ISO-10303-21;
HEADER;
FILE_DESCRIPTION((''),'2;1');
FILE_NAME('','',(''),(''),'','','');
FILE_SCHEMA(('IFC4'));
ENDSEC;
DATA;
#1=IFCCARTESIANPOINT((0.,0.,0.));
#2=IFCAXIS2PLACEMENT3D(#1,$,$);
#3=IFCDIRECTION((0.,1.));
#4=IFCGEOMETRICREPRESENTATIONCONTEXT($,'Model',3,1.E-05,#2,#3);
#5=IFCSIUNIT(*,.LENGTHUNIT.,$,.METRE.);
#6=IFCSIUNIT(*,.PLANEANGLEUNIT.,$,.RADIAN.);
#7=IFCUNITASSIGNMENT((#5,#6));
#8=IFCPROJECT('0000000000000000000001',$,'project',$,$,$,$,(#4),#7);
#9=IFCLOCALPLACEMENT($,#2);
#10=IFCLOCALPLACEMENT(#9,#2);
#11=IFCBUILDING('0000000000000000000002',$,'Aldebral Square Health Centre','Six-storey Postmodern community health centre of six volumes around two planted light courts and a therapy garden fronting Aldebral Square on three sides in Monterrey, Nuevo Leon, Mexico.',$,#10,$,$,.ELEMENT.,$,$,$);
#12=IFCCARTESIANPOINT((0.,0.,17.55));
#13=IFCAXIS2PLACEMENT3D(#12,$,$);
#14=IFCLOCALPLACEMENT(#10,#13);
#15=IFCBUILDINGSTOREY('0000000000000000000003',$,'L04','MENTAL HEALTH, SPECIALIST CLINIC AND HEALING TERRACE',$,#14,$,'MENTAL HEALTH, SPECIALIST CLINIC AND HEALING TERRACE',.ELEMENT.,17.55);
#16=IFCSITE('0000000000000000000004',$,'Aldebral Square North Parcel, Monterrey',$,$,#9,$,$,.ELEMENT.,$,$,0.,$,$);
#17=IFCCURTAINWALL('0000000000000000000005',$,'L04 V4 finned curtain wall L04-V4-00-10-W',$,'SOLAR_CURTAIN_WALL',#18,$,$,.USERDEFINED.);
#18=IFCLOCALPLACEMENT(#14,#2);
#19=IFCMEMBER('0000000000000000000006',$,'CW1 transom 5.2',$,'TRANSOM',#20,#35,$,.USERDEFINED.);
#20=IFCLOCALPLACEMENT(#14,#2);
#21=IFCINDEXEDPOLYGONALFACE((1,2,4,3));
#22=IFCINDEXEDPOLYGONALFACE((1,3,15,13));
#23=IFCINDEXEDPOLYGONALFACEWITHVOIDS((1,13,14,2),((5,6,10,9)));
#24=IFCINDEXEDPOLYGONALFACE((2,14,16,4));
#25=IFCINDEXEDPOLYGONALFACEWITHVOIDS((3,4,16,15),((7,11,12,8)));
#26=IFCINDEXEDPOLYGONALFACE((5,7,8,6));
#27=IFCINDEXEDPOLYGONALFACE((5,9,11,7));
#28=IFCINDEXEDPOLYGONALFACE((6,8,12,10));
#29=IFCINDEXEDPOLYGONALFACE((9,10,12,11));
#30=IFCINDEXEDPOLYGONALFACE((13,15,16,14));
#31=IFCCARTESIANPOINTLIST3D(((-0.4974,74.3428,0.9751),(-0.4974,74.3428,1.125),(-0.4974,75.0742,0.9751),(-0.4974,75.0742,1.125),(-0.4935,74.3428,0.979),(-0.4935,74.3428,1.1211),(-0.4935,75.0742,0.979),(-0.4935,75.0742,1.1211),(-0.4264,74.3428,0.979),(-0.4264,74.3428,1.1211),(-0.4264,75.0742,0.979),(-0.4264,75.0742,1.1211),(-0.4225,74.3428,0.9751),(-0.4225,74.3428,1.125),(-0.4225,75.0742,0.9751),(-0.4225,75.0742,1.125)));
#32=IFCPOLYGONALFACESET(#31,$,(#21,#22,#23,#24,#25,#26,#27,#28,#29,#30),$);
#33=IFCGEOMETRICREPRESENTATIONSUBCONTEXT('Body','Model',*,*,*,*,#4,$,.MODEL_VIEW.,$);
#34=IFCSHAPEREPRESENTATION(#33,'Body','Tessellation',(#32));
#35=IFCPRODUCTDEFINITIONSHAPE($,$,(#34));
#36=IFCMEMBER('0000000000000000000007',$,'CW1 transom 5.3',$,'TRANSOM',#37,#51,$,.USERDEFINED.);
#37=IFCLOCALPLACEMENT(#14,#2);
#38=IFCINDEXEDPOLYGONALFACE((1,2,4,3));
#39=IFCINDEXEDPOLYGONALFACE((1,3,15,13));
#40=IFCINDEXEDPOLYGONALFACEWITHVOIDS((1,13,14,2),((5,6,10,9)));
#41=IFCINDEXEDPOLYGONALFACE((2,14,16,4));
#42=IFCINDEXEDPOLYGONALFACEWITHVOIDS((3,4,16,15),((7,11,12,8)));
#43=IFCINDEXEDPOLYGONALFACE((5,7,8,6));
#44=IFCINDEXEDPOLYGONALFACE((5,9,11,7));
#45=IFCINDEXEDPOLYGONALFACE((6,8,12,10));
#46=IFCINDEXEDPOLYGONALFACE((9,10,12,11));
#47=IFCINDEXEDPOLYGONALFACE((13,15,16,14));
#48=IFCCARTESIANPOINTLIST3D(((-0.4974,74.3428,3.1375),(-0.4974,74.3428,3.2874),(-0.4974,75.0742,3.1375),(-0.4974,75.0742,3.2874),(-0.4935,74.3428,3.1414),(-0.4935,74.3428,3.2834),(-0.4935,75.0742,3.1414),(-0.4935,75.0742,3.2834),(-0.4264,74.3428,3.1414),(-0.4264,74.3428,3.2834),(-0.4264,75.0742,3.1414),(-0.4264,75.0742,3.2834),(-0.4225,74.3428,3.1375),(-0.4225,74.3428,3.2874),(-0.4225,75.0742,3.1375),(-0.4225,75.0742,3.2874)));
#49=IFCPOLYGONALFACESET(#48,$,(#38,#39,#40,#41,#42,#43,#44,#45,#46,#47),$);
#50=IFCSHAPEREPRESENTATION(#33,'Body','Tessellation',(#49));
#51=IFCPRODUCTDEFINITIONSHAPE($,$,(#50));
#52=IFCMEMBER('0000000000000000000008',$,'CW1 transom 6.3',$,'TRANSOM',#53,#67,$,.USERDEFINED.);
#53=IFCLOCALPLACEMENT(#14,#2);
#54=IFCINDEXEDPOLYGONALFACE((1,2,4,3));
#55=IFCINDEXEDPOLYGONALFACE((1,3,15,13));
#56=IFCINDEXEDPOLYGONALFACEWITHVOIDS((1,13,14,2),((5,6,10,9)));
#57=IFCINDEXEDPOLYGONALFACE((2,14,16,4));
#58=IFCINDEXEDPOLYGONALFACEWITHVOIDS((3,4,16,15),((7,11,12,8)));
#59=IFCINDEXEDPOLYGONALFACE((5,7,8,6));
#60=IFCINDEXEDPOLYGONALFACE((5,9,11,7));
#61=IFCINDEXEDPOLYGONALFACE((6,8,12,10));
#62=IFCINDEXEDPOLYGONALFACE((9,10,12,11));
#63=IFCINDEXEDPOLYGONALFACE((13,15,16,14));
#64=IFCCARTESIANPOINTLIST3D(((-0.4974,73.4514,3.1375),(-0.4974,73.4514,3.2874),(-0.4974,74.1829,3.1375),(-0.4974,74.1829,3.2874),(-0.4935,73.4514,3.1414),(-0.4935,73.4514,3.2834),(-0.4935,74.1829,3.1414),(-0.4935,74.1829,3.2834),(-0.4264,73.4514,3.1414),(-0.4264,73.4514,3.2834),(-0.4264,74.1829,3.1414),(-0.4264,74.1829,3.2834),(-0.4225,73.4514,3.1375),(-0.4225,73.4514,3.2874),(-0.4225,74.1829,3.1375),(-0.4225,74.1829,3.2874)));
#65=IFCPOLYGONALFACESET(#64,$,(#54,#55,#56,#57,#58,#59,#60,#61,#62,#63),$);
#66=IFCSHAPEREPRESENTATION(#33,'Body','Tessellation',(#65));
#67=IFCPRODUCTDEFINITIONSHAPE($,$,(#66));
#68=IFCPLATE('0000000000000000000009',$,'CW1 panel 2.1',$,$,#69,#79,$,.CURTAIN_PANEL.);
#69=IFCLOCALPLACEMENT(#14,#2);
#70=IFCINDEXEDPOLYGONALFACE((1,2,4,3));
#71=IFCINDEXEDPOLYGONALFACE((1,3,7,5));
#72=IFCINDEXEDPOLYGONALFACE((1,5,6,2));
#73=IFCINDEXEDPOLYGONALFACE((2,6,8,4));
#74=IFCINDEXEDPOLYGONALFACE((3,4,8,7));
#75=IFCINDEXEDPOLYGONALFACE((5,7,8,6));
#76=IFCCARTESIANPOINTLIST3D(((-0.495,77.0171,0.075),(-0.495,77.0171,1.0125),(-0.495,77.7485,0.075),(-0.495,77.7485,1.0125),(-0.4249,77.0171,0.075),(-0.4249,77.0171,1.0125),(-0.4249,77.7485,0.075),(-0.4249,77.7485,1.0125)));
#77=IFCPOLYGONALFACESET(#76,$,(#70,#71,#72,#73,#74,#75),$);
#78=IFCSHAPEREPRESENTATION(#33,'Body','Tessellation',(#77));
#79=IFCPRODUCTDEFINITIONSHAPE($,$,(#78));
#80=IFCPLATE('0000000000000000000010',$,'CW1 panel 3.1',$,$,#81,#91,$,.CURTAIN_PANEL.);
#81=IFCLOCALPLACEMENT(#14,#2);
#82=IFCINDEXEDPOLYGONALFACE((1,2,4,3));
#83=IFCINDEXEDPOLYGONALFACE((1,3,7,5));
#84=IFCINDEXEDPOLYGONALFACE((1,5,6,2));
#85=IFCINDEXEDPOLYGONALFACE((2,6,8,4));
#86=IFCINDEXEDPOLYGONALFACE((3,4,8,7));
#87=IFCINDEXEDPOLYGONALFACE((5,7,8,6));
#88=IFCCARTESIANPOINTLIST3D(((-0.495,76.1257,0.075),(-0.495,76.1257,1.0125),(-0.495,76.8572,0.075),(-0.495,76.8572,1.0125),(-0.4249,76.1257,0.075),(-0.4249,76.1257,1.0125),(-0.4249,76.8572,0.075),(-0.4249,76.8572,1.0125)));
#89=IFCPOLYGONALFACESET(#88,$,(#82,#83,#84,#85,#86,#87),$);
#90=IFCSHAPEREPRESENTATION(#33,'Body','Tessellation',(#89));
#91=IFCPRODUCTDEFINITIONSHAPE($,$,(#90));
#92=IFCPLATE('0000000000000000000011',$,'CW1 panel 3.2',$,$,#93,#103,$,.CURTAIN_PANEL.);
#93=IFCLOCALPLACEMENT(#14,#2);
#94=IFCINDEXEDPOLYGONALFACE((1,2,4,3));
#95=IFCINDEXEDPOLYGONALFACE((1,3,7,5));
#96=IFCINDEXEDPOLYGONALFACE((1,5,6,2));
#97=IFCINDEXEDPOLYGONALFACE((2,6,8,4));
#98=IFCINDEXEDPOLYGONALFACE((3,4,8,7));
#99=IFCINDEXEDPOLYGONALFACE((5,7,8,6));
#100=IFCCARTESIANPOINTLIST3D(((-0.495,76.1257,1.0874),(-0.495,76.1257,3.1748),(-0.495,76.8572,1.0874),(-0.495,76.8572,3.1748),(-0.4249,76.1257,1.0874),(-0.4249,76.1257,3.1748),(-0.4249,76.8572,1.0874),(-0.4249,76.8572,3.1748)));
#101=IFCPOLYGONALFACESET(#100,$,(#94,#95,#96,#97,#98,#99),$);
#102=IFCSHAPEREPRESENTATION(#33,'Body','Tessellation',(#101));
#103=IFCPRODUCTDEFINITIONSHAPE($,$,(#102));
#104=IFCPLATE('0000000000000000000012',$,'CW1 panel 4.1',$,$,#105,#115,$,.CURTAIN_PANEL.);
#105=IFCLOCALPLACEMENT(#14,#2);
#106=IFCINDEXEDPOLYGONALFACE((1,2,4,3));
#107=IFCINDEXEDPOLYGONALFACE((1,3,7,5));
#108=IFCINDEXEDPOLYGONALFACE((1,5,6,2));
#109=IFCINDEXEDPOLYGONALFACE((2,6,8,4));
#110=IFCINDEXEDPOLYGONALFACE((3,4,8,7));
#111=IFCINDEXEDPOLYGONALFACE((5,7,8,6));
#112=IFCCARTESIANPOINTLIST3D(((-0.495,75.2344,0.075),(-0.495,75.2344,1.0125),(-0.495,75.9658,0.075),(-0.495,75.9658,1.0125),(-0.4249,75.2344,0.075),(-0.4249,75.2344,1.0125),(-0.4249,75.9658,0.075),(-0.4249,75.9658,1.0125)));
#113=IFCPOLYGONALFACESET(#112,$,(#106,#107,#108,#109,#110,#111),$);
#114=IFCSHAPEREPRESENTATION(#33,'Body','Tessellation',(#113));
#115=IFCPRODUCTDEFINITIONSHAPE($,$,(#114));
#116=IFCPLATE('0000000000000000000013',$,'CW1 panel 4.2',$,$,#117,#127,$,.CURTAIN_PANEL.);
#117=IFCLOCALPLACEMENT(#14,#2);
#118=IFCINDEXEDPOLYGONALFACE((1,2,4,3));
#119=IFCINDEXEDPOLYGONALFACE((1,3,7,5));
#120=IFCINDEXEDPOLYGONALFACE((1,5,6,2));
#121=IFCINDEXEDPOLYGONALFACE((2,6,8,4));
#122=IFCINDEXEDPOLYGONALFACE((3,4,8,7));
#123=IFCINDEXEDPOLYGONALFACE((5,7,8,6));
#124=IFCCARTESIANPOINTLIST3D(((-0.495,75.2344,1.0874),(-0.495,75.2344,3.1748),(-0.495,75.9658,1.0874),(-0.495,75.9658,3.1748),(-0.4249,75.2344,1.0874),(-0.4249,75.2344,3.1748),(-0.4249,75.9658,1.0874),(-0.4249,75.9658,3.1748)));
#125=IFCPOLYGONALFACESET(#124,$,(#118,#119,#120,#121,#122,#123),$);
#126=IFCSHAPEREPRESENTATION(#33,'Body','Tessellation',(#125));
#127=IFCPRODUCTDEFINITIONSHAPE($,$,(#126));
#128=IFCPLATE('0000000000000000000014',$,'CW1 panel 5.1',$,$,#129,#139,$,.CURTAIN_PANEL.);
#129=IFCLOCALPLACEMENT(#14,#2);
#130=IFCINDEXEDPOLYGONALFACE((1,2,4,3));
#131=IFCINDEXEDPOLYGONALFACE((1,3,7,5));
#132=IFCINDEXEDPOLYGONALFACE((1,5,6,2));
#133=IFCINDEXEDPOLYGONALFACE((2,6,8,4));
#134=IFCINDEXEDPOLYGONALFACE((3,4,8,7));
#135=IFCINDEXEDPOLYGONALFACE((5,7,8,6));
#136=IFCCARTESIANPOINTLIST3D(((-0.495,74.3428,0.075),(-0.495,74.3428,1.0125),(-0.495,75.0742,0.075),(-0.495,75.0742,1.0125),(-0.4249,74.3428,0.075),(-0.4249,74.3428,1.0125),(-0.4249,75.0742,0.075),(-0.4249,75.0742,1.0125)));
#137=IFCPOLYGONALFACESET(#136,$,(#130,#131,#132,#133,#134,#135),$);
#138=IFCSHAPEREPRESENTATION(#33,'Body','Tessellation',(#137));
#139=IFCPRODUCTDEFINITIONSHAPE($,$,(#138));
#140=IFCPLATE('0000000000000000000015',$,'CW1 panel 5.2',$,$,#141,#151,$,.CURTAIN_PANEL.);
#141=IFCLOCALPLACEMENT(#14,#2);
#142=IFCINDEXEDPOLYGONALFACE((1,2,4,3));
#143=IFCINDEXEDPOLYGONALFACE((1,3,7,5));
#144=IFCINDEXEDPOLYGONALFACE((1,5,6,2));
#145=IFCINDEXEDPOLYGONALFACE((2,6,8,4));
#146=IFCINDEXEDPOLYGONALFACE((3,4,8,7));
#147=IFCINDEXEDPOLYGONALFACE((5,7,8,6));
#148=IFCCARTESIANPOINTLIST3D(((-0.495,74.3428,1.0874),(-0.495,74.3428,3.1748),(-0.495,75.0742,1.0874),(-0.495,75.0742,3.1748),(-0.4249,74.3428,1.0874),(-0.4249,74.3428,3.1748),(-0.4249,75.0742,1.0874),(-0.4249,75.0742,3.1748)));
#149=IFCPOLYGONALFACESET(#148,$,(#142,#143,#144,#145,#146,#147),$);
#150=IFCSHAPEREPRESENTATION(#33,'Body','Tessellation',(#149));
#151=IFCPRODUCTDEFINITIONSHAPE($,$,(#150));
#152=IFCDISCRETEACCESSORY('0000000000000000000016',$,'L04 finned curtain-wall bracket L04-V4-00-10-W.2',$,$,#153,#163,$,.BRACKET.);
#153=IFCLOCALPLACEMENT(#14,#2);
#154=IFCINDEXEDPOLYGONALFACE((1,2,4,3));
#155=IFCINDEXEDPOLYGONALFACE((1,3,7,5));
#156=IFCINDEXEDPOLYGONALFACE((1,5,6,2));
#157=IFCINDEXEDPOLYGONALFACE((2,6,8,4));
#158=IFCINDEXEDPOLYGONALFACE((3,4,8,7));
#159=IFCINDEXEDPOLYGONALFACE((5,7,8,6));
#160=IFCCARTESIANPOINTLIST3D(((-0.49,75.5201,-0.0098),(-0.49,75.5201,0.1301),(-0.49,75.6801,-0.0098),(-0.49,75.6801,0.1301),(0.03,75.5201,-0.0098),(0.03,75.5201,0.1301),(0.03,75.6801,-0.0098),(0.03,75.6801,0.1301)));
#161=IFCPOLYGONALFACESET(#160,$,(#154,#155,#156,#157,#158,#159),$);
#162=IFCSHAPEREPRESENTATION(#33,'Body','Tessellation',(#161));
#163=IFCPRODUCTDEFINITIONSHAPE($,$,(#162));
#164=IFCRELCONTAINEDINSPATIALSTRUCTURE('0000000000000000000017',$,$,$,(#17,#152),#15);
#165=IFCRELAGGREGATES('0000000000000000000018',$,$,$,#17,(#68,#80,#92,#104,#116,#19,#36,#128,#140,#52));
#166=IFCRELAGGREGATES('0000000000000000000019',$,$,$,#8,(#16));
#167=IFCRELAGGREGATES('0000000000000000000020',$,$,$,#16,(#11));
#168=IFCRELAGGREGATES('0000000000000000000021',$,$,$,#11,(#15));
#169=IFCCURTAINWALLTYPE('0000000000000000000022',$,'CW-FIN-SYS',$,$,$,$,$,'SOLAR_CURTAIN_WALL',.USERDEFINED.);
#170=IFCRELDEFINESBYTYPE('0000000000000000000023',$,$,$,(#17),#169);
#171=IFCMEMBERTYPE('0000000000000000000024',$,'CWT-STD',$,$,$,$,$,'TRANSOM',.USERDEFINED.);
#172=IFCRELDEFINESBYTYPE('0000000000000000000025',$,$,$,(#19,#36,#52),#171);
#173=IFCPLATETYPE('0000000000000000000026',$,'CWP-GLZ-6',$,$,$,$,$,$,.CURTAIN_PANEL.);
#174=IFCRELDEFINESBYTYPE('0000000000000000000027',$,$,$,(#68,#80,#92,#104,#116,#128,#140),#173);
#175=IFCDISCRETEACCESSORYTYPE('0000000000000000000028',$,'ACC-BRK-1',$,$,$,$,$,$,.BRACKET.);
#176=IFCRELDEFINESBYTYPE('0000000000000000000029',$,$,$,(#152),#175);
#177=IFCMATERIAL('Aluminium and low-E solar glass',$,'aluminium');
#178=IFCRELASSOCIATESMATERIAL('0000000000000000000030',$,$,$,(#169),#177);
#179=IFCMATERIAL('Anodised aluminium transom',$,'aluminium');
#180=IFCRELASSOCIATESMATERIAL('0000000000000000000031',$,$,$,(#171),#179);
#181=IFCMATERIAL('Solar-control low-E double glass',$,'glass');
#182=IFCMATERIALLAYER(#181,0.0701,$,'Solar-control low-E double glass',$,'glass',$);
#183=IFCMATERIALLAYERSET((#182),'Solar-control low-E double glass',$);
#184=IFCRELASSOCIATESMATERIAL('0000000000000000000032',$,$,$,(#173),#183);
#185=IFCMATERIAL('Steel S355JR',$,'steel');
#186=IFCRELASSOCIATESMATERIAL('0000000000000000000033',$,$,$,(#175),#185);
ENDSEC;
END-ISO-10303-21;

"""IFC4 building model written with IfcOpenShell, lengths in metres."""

from ifc_helpers import new_model, si_unit, direction, frame, origin, origin_2d, place, context, subcontext, project, spatial, rectangle, hollow_rectangle, extrude, material, layer, layer_set, material_profile, profile_set, type_object, element, aggregate, save


model = new_model("IFC4")

# Units and contexts
model_context = context("Model", 3, precision=1e-05, world=origin(), true_north=direction((0.0, 1.0)))
body_context = subcontext(model_context, "Body", "Model", "MODEL_VIEW")
ifc_project = project(units=[si_unit("LENGTHUNIT", "METRE"), si_unit("PLANEANGLEUNIT", "RADIAN")], contexts=[model_context])

# Site, building, storey
site_placement = place(None, origin())
site = spatial("IfcSite", under=ifc_project, at=site_placement, Name="Aldebral Square North Parcel, Monterrey", CompositionType="ELEMENT", RefElevation=0.0)
building_placement = place(site_placement, origin())
building = spatial("IfcBuilding", under=site, at=building_placement, Name="Aldebral Square Health Centre", Description="Six-storey Postmodern community health centre of six volumes around two planted light courts and a therapy garden fronting Aldebral Square on three sides in Monterrey, Nuevo Leon, Mexico.", CompositionType="ELEMENT")
storey_placement = place(building_placement, frame((0.0, 0.0, 17.55)))
storey = spatial("IfcBuildingStorey", under=building, at=storey_placement, Name="L04", Description="MENTAL HEALTH, SPECIALIST CLINIC AND HEALING TERRACE", LongName="MENTAL HEALTH, SPECIALIST CLINIC AND HEALING TERRACE", CompositionType="ELEMENT", Elevation=17.55)

# Curtain wall, members, plates
ifc_material_1 = material(Name="Aluminium and low-E solar glass", Category="aluminium")
curtain_wall_type = type_object("IfcCurtainWallType", Name="CW-FIN-SYS", ElementType="SOLAR_CURTAIN_WALL", PredefinedType="USERDEFINED", material=ifc_material_1)
curtain_wall_placement = place(storey_placement, origin())
curtain_wall = element("IfcCurtainWall", 1, at=curtain_wall_placement, inside=storey, type_object=curtain_wall_type, Name="L04 V4 finned curtain wall L04-V4-00-10-W", ObjectType="SOLAR_CURTAIN_WALL", PredefinedType="USERDEFINED")
ifc_material_2 = material(Name="Anodised aluminium transom", Category="aluminium")
ifc_material_profile_1 = material_profile(ifc_material_2, hollow_rectangle(XDim=0.075, YDim=0.1499, WallThickness=0.0039, at=origin_2d()), Name="CWT 75x150x4")
ifc_profile_set_1 = profile_set([ifc_material_profile_1], Name="Anodised aluminium transom")
member_type_1 = type_object("IfcMemberType", Name="CWT-STD", ElementType="TRANSOM", PredefinedType="USERDEFINED", material=ifc_profile_set_1)
member_1_placement = place(storey_placement, frame((-0.46, 75.0742, 1.05), z_axis=(0.0, -1.0, 0.0), x_axis=(1.0, 0.0, 0.0)))
member_1 = element("IfcMember", 2, at=member_1_placement, type_object=member_type_1, Name="CW1 transom 5.2", ObjectType="TRANSOM", PredefinedType="USERDEFINED", context=body_context, shape_type="SweptSolid", body=[
    extrude(hollow_rectangle(XDim=0.075, YDim=0.1499, WallThickness=0.0039, at=origin_2d()), origin(), (0.0, 0.0, 1.0), 0.7314),
])
member_2_placement = place(storey_placement, frame((-0.46, 75.0742, 3.2124), z_axis=(0.0, -1.0, 0.0), x_axis=(1.0, 0.0, 0.0)))
member_2 = element("IfcMember", 3, at=member_2_placement, type_object=member_type_1, Name="CW1 transom 5.3", ObjectType="TRANSOM", PredefinedType="USERDEFINED", context=body_context, shape_type="SweptSolid", body=[
    extrude(hollow_rectangle(XDim=0.075, YDim=0.1499, WallThickness=0.0039, at=origin_2d()), origin(), (0.0, 0.0, 1.0), 0.7314),
])
member_3_placement = place(storey_placement, frame((-0.46, 74.1829, 3.2124), z_axis=(0.0, -1.0, 0.0), x_axis=(1.0, 0.0, 0.0)))
member_3 = element("IfcMember", 4, at=member_3_placement, type_object=member_type_1, Name="CW1 transom 6.3", ObjectType="TRANSOM", PredefinedType="USERDEFINED", context=body_context, shape_type="SweptSolid", body=[
    extrude(hollow_rectangle(XDim=0.075, YDim=0.1499, WallThickness=0.0039, at=origin_2d()), origin(), (0.0, 0.0, 1.0), 0.7314),
])
ifc_material_3 = material(Name="Solar-control low-E double glass", Category="glass")
ifc_layer = layer(ifc_material_3, 0.0701, Name="Solar-control low-E double glass", Category="glass")
ifc_layer_set = layer_set([ifc_layer], Name="Solar-control low-E double glass")
plate_type = type_object("IfcPlateType", Name="CWP-GLZ-6", PredefinedType="CURTAIN_PANEL", material=ifc_layer_set)
plate_1_placement = place(storey_placement, frame((-0.46, 77.3828, 0.075), z_axis=(0.0, 0.0, 1.0), x_axis=(0.0, -1.0, 0.0)))
plate_1 = element("IfcPlate", 5, at=plate_1_placement, type_object=plate_type, Name="CW1 panel 2.1", PredefinedType="CURTAIN_PANEL", context=body_context, shape_type="SweptSolid", body=[
    extrude(rectangle(XDim=0.7314, YDim=0.0701, at=origin_2d()), origin(), (0.0, 0.0, 1.0), 0.9375),
])
plate_2_placement = place(storey_placement, frame((-0.46, 76.4915, 0.075), z_axis=(0.0, 0.0, 1.0), x_axis=(0.0, -1.0, 0.0)))
plate_2 = element("IfcPlate", 6, at=plate_2_placement, type_object=plate_type, Name="CW1 panel 3.1", PredefinedType="CURTAIN_PANEL", context=body_context, shape_type="SweptSolid", body=[
    extrude(rectangle(XDim=0.7314, YDim=0.0701, at=origin_2d()), origin(), (0.0, 0.0, 1.0), 0.9375),
])
plate_3_placement = place(storey_placement, frame((-0.46, 76.4915, 1.0874), z_axis=(0.0, 0.0, 1.0), x_axis=(0.0, -1.0, 0.0)))
plate_3 = element("IfcPlate", 7, at=plate_3_placement, type_object=plate_type, Name="CW1 panel 3.2", PredefinedType="CURTAIN_PANEL", context=body_context, shape_type="SweptSolid", body=[
    extrude(rectangle(XDim=0.7314, YDim=0.0701, at=origin_2d()), origin(), (0.0, 0.0, 1.0), 2.0874),
])
plate_4_placement = place(storey_placement, frame((-0.46, 75.6001, 0.075), z_axis=(0.0, 0.0, 1.0), x_axis=(0.0, -1.0, 0.0)))
plate_4 = element("IfcPlate", 8, at=plate_4_placement, type_object=plate_type, Name="CW1 panel 4.1", PredefinedType="CURTAIN_PANEL", context=body_context, shape_type="SweptSolid", body=[
    extrude(rectangle(XDim=0.7314, YDim=0.0701, at=origin_2d()), origin(), (0.0, 0.0, 1.0), 0.9375),
])
plate_5_placement = place(storey_placement, frame((-0.46, 75.6001, 1.0874), z_axis=(0.0, 0.0, 1.0), x_axis=(0.0, -1.0, 0.0)))
plate_5 = element("IfcPlate", 9, at=plate_5_placement, type_object=plate_type, Name="CW1 panel 4.2", PredefinedType="CURTAIN_PANEL", context=body_context, shape_type="SweptSolid", body=[
    extrude(rectangle(XDim=0.7314, YDim=0.0701, at=origin_2d()), origin(), (0.0, 0.0, 1.0), 2.0874),
])
plate_6_placement = place(storey_placement, frame((-0.46, 74.7085, 0.075), z_axis=(0.0, 0.0, 1.0), x_axis=(0.0, -1.0, 0.0)))
plate_6 = element("IfcPlate", 10, at=plate_6_placement, type_object=plate_type, Name="CW1 panel 5.1", PredefinedType="CURTAIN_PANEL", context=body_context, shape_type="SweptSolid", body=[
    extrude(rectangle(XDim=0.7314, YDim=0.0701, at=origin_2d()), origin(), (0.0, 0.0, 1.0), 0.9375),
])
plate_7_placement = place(storey_placement, frame((-0.46, 74.7085, 1.0874), z_axis=(0.0, 0.0, 1.0), x_axis=(0.0, -1.0, 0.0)))
plate_7 = element("IfcPlate", 11, at=plate_7_placement, type_object=plate_type, Name="CW1 panel 5.2", PredefinedType="CURTAIN_PANEL", context=body_context, shape_type="SweptSolid", body=[
    extrude(rectangle(XDim=0.7314, YDim=0.0701, at=origin_2d()), origin(), (0.0, 0.0, 1.0), 2.0874),
])
aggregate(curtain_wall, [plate_1, plate_2, plate_3, plate_4, plate_5, member_1, member_2, plate_6, plate_7, member_3])

# Discrete accessory
ifc_material_4 = material(Name="Steel S355JR", Category="steel")
discrete_accessory_type = type_object("IfcDiscreteAccessoryType", Name="ACC-BRK-1", PredefinedType="BRACKET", material=ifc_material_4)
discrete_accessory_placement = place(storey_placement, frame((-0.23, 75.6001, -0.0098), z_axis=(0.0, 0.0, 1.0), x_axis=(0.0, 1.0, 0.0)))
element("IfcDiscreteAccessory", 12, at=discrete_accessory_placement, inside=storey, type_object=discrete_accessory_type, Name="L04 finned curtain-wall bracket L04-V4-00-10-W.2", PredefinedType="BRACKET", context=body_context, shape_type="SweptSolid", body=[
    extrude(rectangle(XDim=0.1599, YDim=0.52, at=origin_2d()), origin(), (0.0, 0.0, 1.0), 0.1399),
])

save(model, "model.ifc")
